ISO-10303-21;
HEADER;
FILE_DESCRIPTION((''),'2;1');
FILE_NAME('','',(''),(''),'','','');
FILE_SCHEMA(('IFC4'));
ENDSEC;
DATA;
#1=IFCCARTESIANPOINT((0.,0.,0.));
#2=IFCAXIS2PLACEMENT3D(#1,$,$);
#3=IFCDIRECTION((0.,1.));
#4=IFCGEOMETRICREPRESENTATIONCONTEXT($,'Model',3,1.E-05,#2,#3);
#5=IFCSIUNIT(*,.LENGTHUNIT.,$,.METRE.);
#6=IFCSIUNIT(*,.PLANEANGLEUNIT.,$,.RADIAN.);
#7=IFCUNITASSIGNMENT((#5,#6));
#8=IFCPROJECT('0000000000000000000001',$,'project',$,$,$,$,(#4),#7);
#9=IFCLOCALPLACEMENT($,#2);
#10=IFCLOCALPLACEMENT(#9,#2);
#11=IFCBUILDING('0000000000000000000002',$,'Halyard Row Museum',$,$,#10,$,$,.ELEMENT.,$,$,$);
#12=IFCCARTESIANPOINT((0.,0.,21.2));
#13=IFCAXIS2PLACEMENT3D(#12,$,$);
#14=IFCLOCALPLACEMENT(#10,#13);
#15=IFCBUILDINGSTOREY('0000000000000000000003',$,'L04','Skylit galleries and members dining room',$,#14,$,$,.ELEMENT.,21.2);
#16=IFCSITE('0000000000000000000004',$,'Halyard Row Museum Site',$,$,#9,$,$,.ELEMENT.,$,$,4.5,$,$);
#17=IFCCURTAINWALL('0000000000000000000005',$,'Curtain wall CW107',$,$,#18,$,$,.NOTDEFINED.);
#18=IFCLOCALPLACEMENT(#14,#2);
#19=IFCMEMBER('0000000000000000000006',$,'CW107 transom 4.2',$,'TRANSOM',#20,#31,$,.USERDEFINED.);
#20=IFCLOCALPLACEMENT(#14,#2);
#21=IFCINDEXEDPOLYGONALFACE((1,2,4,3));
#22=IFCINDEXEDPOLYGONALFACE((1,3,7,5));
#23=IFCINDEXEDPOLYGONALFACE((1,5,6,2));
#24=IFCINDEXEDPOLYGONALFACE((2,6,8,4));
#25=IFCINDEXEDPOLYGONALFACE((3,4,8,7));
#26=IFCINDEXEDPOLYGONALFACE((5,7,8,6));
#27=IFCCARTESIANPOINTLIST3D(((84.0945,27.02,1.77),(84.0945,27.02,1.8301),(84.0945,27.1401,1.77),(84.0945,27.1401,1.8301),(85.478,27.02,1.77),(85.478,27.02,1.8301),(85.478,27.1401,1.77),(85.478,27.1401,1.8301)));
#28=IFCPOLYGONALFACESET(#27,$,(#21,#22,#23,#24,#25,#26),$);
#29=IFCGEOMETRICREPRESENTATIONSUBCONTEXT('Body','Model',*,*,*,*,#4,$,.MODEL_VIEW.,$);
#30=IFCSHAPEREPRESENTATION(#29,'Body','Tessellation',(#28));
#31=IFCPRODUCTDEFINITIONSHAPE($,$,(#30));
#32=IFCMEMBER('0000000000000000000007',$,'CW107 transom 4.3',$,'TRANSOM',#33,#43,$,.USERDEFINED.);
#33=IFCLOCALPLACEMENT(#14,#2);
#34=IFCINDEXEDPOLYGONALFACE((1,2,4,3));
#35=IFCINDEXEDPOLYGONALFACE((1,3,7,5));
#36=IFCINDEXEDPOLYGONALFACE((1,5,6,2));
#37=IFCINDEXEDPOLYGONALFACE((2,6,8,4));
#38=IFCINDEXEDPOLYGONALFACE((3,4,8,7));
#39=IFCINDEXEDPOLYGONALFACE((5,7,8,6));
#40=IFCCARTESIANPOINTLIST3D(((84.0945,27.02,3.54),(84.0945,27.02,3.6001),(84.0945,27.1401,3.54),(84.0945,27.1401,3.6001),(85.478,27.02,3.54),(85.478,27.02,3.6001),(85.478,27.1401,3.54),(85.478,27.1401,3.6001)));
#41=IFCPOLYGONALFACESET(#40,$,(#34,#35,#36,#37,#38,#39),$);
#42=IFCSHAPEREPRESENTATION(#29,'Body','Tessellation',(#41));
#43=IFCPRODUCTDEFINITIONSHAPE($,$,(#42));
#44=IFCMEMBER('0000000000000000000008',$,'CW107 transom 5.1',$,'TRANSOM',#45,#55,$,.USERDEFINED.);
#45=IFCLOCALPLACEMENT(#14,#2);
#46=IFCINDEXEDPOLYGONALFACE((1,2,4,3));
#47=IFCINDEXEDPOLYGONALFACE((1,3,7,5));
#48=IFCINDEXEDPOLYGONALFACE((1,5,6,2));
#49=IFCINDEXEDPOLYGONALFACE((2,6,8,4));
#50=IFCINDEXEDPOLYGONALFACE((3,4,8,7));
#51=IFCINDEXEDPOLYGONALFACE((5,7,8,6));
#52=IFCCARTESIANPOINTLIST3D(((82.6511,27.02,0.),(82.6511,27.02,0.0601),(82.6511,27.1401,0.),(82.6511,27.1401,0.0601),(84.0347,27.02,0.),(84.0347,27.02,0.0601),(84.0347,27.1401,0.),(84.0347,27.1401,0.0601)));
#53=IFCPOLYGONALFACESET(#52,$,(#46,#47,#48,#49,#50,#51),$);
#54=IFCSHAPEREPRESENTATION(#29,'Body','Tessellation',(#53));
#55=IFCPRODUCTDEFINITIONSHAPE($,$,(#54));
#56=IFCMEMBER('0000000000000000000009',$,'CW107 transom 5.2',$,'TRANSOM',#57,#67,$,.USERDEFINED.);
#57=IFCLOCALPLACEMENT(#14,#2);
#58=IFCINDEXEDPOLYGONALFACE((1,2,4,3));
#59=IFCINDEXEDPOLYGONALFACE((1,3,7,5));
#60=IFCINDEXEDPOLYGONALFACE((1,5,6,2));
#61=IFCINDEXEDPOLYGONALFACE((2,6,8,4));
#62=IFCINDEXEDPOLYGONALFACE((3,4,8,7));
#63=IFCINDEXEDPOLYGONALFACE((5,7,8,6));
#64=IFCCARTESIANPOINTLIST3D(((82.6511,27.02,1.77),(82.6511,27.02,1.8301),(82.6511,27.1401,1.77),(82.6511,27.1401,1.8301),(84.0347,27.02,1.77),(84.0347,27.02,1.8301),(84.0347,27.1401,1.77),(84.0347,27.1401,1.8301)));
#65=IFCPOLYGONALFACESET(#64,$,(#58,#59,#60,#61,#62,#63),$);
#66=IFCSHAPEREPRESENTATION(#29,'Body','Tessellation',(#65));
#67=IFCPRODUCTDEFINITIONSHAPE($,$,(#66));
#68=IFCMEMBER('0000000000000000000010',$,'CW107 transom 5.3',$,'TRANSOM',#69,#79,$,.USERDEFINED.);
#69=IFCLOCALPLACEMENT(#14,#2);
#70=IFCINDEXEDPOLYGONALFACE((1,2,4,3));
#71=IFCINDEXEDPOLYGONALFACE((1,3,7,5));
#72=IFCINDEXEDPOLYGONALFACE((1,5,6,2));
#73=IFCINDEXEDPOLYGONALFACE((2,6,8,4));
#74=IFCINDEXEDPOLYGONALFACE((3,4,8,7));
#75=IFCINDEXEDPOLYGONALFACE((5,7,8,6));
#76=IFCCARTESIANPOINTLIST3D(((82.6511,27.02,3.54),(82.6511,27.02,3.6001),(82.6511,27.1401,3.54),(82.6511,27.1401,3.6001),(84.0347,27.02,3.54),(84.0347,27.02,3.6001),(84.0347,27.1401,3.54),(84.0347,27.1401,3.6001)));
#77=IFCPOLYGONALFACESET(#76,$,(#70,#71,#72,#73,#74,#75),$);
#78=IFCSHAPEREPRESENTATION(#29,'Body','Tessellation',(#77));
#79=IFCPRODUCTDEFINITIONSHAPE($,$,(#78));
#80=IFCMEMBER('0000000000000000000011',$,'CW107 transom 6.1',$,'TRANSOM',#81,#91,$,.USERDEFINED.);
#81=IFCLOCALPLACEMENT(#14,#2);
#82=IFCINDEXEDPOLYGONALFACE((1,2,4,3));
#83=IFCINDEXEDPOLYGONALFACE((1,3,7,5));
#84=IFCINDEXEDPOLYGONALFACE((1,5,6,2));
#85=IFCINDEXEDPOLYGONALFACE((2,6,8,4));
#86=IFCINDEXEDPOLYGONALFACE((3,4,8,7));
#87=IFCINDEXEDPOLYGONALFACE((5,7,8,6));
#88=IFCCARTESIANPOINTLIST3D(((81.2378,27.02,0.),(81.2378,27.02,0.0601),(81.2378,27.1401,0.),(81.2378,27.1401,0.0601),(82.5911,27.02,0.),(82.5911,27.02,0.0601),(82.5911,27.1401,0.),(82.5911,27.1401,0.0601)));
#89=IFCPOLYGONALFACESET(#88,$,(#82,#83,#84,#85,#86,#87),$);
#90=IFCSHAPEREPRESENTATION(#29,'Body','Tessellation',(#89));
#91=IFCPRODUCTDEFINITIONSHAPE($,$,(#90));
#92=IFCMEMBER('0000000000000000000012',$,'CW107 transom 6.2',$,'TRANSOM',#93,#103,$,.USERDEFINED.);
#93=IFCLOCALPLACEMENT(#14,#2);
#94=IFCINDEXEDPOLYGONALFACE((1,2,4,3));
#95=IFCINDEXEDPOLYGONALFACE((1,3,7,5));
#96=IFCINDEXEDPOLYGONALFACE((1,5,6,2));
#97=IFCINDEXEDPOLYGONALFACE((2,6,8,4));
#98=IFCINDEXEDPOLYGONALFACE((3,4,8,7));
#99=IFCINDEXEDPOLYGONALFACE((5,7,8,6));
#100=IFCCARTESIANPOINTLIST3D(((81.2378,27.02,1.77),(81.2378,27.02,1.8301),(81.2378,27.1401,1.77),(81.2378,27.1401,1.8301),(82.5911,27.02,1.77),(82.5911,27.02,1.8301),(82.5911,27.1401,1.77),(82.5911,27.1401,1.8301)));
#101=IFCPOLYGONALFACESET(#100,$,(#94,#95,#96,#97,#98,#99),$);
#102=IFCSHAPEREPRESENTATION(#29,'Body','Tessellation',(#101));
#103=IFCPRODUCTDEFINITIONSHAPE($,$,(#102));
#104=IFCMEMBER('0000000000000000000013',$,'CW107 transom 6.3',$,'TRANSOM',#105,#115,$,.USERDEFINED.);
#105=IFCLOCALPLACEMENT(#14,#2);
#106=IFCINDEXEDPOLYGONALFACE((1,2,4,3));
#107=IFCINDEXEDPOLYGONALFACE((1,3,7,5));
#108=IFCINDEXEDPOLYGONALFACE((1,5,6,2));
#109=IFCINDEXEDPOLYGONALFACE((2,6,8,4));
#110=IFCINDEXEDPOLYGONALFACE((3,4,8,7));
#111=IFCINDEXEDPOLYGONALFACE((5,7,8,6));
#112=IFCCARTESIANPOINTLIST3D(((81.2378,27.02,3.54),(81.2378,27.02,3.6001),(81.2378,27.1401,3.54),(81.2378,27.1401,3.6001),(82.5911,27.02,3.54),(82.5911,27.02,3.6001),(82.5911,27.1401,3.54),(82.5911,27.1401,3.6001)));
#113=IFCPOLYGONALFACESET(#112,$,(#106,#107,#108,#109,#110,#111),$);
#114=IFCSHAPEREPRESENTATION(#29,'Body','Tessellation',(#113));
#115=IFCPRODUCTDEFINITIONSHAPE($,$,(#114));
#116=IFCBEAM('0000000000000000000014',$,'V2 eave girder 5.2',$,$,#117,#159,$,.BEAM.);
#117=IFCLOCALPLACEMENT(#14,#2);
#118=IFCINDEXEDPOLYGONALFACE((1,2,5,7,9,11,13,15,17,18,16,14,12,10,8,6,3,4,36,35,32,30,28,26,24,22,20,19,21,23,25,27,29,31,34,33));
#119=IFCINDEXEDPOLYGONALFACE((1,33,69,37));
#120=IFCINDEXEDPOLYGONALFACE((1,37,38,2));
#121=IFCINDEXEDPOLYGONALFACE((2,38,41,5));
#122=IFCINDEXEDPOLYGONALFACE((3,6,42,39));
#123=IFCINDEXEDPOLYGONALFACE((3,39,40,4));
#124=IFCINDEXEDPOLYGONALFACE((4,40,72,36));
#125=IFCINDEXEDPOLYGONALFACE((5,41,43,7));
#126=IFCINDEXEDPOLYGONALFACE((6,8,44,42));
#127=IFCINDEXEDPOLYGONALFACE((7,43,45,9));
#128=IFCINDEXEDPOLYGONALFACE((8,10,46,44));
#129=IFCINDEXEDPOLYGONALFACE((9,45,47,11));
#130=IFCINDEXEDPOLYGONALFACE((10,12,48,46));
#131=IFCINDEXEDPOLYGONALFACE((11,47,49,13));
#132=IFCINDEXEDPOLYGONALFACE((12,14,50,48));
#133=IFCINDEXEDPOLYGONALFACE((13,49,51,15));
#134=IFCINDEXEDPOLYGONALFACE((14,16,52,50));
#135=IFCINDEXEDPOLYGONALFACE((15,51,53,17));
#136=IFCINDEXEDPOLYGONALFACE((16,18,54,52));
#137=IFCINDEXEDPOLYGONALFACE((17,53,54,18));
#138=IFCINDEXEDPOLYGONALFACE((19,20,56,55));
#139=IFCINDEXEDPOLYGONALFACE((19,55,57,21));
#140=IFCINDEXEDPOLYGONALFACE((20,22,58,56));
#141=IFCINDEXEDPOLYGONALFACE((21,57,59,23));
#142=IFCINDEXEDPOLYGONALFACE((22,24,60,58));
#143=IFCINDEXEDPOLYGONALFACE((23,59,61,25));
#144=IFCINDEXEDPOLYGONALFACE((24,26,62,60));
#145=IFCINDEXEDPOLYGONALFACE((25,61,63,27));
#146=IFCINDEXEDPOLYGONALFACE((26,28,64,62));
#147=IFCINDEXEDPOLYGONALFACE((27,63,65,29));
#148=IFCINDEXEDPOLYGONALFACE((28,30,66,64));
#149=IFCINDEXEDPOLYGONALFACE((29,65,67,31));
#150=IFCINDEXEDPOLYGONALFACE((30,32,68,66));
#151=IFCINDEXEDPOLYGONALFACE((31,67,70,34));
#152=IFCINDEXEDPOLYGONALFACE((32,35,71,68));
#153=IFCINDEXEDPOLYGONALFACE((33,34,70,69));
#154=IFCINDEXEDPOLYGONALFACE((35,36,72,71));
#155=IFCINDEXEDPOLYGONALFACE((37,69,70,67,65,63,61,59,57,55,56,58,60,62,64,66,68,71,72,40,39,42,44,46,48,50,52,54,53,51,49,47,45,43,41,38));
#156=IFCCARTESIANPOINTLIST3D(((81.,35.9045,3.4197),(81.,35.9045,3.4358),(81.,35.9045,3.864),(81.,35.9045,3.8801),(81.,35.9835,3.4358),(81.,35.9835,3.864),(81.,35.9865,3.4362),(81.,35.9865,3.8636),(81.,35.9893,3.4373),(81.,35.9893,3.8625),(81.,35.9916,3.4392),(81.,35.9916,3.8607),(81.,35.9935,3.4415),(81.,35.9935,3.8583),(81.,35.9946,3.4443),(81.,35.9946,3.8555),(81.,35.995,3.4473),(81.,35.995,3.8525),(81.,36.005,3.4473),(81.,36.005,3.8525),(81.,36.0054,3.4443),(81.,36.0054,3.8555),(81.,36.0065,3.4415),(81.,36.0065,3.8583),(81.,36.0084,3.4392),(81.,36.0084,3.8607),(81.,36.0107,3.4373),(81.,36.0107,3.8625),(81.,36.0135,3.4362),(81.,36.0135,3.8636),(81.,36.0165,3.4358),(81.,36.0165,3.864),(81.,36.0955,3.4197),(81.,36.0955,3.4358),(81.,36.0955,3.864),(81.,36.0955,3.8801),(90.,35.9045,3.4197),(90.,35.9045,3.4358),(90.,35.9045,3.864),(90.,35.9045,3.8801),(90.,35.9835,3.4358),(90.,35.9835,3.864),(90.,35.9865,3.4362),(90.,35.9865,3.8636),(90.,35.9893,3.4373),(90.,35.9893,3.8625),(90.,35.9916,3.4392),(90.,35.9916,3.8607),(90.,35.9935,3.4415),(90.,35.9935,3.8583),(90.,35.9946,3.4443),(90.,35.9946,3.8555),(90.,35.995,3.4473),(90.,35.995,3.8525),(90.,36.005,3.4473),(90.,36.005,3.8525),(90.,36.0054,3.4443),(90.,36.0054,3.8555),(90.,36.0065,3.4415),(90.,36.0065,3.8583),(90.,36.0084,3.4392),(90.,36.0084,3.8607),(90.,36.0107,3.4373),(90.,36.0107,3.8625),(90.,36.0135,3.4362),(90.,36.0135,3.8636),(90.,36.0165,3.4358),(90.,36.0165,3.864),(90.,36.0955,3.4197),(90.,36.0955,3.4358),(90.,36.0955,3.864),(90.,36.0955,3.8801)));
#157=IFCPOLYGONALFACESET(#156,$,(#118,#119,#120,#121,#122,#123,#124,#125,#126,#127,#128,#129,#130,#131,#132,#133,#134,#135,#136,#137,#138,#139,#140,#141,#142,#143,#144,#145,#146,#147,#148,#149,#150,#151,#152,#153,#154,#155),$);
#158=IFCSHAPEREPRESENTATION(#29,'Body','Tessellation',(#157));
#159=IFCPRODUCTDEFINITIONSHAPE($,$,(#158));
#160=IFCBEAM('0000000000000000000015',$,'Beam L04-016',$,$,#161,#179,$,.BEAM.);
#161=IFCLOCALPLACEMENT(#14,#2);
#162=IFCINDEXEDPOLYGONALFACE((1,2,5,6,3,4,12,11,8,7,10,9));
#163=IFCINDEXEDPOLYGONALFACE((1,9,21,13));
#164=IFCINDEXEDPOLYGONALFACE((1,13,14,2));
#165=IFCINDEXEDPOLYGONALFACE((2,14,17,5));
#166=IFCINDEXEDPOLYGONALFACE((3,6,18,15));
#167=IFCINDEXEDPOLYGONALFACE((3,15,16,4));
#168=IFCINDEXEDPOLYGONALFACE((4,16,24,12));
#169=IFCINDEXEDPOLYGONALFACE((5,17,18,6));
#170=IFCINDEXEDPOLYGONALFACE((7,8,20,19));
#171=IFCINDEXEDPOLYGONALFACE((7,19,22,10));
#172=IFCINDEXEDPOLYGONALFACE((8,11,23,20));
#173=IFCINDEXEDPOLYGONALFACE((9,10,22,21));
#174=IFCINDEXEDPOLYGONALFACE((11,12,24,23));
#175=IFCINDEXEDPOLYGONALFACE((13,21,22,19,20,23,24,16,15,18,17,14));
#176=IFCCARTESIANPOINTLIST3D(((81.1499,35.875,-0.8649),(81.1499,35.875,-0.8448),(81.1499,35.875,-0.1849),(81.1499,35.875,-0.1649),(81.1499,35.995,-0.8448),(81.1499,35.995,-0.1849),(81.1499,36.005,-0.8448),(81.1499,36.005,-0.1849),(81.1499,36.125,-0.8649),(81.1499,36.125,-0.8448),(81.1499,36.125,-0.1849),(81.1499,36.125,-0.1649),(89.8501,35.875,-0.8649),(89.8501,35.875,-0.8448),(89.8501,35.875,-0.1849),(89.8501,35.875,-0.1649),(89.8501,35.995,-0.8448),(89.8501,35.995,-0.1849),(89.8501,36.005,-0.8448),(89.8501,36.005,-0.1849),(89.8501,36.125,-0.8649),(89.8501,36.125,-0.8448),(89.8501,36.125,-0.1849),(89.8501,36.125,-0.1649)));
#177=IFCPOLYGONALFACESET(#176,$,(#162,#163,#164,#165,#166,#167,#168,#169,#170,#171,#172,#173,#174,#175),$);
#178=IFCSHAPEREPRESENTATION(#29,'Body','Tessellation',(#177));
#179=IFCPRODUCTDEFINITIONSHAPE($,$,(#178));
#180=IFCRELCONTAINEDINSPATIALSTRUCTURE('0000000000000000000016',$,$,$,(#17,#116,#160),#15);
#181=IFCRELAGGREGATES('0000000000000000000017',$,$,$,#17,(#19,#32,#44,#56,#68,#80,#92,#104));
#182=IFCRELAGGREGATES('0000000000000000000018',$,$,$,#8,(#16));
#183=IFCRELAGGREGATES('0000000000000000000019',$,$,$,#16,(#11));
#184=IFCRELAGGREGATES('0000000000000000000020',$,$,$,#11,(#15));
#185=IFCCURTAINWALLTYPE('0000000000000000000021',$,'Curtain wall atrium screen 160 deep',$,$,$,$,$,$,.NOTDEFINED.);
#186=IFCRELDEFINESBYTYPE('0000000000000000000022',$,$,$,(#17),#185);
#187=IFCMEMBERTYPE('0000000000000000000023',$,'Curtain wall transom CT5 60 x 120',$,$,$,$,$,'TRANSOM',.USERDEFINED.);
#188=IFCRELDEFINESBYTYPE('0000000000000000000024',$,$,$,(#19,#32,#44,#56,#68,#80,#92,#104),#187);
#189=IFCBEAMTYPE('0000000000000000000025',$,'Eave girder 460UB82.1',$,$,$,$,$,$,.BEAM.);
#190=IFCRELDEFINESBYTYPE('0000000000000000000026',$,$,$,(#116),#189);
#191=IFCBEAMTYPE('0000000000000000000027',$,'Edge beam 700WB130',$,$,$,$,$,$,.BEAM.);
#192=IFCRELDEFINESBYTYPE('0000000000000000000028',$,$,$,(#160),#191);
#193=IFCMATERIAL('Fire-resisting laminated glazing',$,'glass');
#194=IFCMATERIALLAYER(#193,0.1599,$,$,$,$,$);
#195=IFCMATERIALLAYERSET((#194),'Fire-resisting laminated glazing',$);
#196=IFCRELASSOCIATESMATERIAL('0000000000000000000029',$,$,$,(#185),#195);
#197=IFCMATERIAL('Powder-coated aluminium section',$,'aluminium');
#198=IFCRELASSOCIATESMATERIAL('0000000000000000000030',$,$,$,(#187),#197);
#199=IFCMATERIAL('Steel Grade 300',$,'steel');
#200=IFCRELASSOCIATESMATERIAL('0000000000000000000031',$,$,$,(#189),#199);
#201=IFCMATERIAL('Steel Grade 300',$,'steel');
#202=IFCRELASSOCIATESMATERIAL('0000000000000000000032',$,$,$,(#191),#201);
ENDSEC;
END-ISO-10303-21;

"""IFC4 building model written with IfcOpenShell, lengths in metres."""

from ifc_helpers import new_model, si_unit, direction, frame, origin, origin_2d, place, context, subcontext, project, spatial, rectangle, i_section, extrude, material, layer, layer_set, material_profile, profile_set, type_object, element, aggregate, save


model = new_model("IFC4")

# Units and contexts
model_context = context("Model", 3, precision=1e-05, world=origin(), true_north=direction((0.0, 1.0)))
body_context = subcontext(model_context, "Body", "Model", "MODEL_VIEW")
ifc_project = project(units=[si_unit("LENGTHUNIT", "METRE"), si_unit("PLANEANGLEUNIT", "RADIAN")], contexts=[model_context])

# Site, building, storey
site_placement = place(None, origin())
site = spatial("IfcSite", under=ifc_project, at=site_placement, Name="Halyard Row Museum Site", CompositionType="ELEMENT", RefElevation=4.5)
building_placement = place(site_placement, origin())
building = spatial("IfcBuilding", under=site, at=building_placement, Name="Halyard Row Museum", CompositionType="ELEMENT")
storey_placement = place(building_placement, frame((0.0, 0.0, 21.2)))
storey = spatial("IfcBuildingStorey", under=building, at=storey_placement, Name="L04", Description="Skylit galleries and members dining room", CompositionType="ELEMENT", Elevation=21.2)

# Curtain wall, members
ifc_material_1 = material(Name="Fire-resisting laminated glazing", Category="glass")
ifc_layer_1 = layer(ifc_material_1, 0.1599)
ifc_layer_set_1 = layer_set([ifc_layer_1], Name="Fire-resisting laminated glazing")
curtain_wall_type = type_object("IfcCurtainWallType", Name="Curtain wall atrium screen 160 deep", PredefinedType="NOTDEFINED", material=ifc_layer_set_1)
curtain_wall_placement = place(storey_placement, origin())
curtain_wall = element("IfcCurtainWall", 1, at=curtain_wall_placement, inside=storey, type_object=curtain_wall_type, Name="Curtain wall CW107", PredefinedType="NOTDEFINED")
ifc_material_2 = material(Name="Powder-coated aluminium section", Category="aluminium")
ifc_material_profile_1 = material_profile(ifc_material_2, rectangle(XDim=0.1201, YDim=0.0601, at=origin_2d()), Name="120x60 transom")
ifc_profile_set_1 = profile_set([ifc_material_profile_1], Name="Powder-coated aluminium section")
member_type_1 = type_object("IfcMemberType", Name="Curtain wall transom CT5 60 x 120", ElementType="TRANSOM", PredefinedType="USERDEFINED", material=ifc_profile_set_1)
member_1_placement = place(storey_placement, frame((85.478, 27.0801, 1.8), z_axis=(-1.0, 0.0, 0.0), x_axis=(0.0, -1.0, 0.0)))
member_1 = element("IfcMember", 2, at=member_1_placement, type_object=member_type_1, Name="CW107 transom 4.2", ObjectType="TRANSOM", PredefinedType="USERDEFINED", context=body_context, shape_type="SweptSolid", body=[
    extrude(rectangle(XDim=0.1201, YDim=0.0601, at=origin_2d()), origin(), (0.0, 0.0, 1.0), 1.3835),
])
member_2_placement = place(storey_placement, frame((85.478, 27.0801, 3.5701), z_axis=(-1.0, 0.0, 0.0), x_axis=(0.0, -1.0, 0.0)))
member_2 = element("IfcMember", 3, at=member_2_placement, type_object=member_type_1, Name="CW107 transom 4.3", ObjectType="TRANSOM", PredefinedType="USERDEFINED", context=body_context, shape_type="SweptSolid", body=[
    extrude(rectangle(XDim=0.1201, YDim=0.0601, at=origin_2d()), origin(), (0.0, 0.0, 1.0), 1.3835),
])
member_3_placement = place(storey_placement, frame((84.0347, 27.0801, 0.03), z_axis=(-1.0, 0.0, 0.0), x_axis=(0.0, -1.0, 0.0)))
member_3 = element("IfcMember", 4, at=member_3_placement, type_object=member_type_1, Name="CW107 transom 5.1", ObjectType="TRANSOM", PredefinedType="USERDEFINED", context=body_context, shape_type="SweptSolid", body=[
    extrude(rectangle(XDim=0.1201, YDim=0.0601, at=origin_2d()), origin(), (0.0, 0.0, 1.0), 1.3835),
])
member_4_placement = place(storey_placement, frame((84.0347, 27.0801, 1.8), z_axis=(-1.0, 0.0, 0.0), x_axis=(0.0, -1.0, 0.0)))
member_4 = element("IfcMember", 5, at=member_4_placement, type_object=member_type_1, Name="CW107 transom 5.2", ObjectType="TRANSOM", PredefinedType="USERDEFINED", context=body_context, shape_type="SweptSolid", body=[
    extrude(rectangle(XDim=0.1201, YDim=0.0601, at=origin_2d()), origin(), (0.0, 0.0, 1.0), 1.3835),
])
member_5_placement = place(storey_placement, frame((84.0347, 27.0801, 3.5701), z_axis=(-1.0, 0.0, 0.0), x_axis=(0.0, -1.0, 0.0)))
member_5 = element("IfcMember", 6, at=member_5_placement, type_object=member_type_1, Name="CW107 transom 5.3", ObjectType="TRANSOM", PredefinedType="USERDEFINED", context=body_context, shape_type="SweptSolid", body=[
    extrude(rectangle(XDim=0.1201, YDim=0.0601, at=origin_2d()), origin(), (0.0, 0.0, 1.0), 1.3835),
])
member_6_placement = place(storey_placement, frame((82.5911, 27.0801, 0.03), z_axis=(-1.0, 0.0, 0.0), x_axis=(0.0, -1.0, 0.0)))
member_6 = element("IfcMember", 7, at=member_6_placement, type_object=member_type_1, Name="CW107 transom 6.1", ObjectType="TRANSOM", PredefinedType="USERDEFINED", context=body_context, shape_type="SweptSolid", body=[
    extrude(rectangle(XDim=0.1201, YDim=0.0601, at=origin_2d()), origin(), (0.0, 0.0, 1.0), 1.3533),
])
member_7_placement = place(storey_placement, frame((82.5911, 27.0801, 1.8), z_axis=(-1.0, 0.0, 0.0), x_axis=(0.0, -1.0, 0.0)))
member_7 = element("IfcMember", 8, at=member_7_placement, type_object=member_type_1, Name="CW107 transom 6.2", ObjectType="TRANSOM", PredefinedType="USERDEFINED", context=body_context, shape_type="SweptSolid", body=[
    extrude(rectangle(XDim=0.1201, YDim=0.0601, at=origin_2d()), origin(), (0.0, 0.0, 1.0), 1.3533),
])
member_8_placement = place(storey_placement, frame((82.5911, 27.0801, 3.5701), z_axis=(-1.0, 0.0, 0.0), x_axis=(0.0, -1.0, 0.0)))
member_8 = element("IfcMember", 9, at=member_8_placement, type_object=member_type_1, Name="CW107 transom 6.3", ObjectType="TRANSOM", PredefinedType="USERDEFINED", context=body_context, shape_type="SweptSolid", body=[
    extrude(rectangle(XDim=0.1201, YDim=0.0601, at=origin_2d()), origin(), (0.0, 0.0, 1.0), 1.3533),
])

# Beams
ifc_material_3 = material(Name="Steel Grade 300", Category="steel")
ifc_material_profile_2 = material_profile(ifc_material_3, i_section(OverallWidth=0.1909, OverallDepth=0.4604, WebThickness=0.01, FlangeThickness=0.0161, FilletRadius=0.0115, at=origin_2d()), Name="460UB82.1")
ifc_profile_set_2 = profile_set([ifc_material_profile_2], Name="Steel Grade 300")
beam_type_1 = type_object("IfcBeamType", Name="Eave girder 460UB82.1", PredefinedType="BEAM", material=ifc_profile_set_2)
beam_1_placement = place(storey_placement, frame((81.0, 36.0, 3.6499), z_axis=(1.0, 0.0, 0.0), x_axis=(0.0, 1.0, 0.0)))
element("IfcBeam", 10, at=beam_1_placement, inside=storey, type_object=beam_type_1, Name="V2 eave girder 5.2", PredefinedType="BEAM", context=body_context, shape_type="SweptSolid", body=[
    extrude(i_section(OverallWidth=0.1909, OverallDepth=0.4604, WebThickness=0.01, FlangeThickness=0.0161, FilletRadius=0.0115, at=origin_2d()), origin(), (0.0, 0.0, 1.0), 9.0),
])
ifc_material_4 = material(Name="Steel Grade 300", Category="steel")
ifc_material_profile_3 = material_profile(ifc_material_4, i_section(OverallWidth=0.25, OverallDepth=0.7, WebThickness=0.01, FlangeThickness=0.02, at=origin_2d()), Name="700WB130")
ifc_profile_set_3 = profile_set([ifc_material_profile_3], Name="Steel Grade 300")
beam_type_2 = type_object("IfcBeamType", Name="Edge beam 700WB130", PredefinedType="BEAM", material=ifc_profile_set_3)
beam_2_placement = place(storey_placement, frame((81.1499, 36.0, -0.5149), z_axis=(1.0, 0.0, 0.0), x_axis=(0.0, 1.0, 0.0)))
element("IfcBeam", 11, at=beam_2_placement, inside=storey, type_object=beam_type_2, Name="Beam L04-016", PredefinedType="BEAM", context=body_context, shape_type="SweptSolid", body=[
    extrude(i_section(OverallWidth=0.25, OverallDepth=0.7, WebThickness=0.01, FlangeThickness=0.02, at=origin_2d()), origin(), (0.0, 0.0, 1.0), 8.7002),
])

aggregate(curtain_wall, [member_1, member_2, member_3, member_4, member_5, member_6, member_7, member_8])

save(model, "model.ifc")
